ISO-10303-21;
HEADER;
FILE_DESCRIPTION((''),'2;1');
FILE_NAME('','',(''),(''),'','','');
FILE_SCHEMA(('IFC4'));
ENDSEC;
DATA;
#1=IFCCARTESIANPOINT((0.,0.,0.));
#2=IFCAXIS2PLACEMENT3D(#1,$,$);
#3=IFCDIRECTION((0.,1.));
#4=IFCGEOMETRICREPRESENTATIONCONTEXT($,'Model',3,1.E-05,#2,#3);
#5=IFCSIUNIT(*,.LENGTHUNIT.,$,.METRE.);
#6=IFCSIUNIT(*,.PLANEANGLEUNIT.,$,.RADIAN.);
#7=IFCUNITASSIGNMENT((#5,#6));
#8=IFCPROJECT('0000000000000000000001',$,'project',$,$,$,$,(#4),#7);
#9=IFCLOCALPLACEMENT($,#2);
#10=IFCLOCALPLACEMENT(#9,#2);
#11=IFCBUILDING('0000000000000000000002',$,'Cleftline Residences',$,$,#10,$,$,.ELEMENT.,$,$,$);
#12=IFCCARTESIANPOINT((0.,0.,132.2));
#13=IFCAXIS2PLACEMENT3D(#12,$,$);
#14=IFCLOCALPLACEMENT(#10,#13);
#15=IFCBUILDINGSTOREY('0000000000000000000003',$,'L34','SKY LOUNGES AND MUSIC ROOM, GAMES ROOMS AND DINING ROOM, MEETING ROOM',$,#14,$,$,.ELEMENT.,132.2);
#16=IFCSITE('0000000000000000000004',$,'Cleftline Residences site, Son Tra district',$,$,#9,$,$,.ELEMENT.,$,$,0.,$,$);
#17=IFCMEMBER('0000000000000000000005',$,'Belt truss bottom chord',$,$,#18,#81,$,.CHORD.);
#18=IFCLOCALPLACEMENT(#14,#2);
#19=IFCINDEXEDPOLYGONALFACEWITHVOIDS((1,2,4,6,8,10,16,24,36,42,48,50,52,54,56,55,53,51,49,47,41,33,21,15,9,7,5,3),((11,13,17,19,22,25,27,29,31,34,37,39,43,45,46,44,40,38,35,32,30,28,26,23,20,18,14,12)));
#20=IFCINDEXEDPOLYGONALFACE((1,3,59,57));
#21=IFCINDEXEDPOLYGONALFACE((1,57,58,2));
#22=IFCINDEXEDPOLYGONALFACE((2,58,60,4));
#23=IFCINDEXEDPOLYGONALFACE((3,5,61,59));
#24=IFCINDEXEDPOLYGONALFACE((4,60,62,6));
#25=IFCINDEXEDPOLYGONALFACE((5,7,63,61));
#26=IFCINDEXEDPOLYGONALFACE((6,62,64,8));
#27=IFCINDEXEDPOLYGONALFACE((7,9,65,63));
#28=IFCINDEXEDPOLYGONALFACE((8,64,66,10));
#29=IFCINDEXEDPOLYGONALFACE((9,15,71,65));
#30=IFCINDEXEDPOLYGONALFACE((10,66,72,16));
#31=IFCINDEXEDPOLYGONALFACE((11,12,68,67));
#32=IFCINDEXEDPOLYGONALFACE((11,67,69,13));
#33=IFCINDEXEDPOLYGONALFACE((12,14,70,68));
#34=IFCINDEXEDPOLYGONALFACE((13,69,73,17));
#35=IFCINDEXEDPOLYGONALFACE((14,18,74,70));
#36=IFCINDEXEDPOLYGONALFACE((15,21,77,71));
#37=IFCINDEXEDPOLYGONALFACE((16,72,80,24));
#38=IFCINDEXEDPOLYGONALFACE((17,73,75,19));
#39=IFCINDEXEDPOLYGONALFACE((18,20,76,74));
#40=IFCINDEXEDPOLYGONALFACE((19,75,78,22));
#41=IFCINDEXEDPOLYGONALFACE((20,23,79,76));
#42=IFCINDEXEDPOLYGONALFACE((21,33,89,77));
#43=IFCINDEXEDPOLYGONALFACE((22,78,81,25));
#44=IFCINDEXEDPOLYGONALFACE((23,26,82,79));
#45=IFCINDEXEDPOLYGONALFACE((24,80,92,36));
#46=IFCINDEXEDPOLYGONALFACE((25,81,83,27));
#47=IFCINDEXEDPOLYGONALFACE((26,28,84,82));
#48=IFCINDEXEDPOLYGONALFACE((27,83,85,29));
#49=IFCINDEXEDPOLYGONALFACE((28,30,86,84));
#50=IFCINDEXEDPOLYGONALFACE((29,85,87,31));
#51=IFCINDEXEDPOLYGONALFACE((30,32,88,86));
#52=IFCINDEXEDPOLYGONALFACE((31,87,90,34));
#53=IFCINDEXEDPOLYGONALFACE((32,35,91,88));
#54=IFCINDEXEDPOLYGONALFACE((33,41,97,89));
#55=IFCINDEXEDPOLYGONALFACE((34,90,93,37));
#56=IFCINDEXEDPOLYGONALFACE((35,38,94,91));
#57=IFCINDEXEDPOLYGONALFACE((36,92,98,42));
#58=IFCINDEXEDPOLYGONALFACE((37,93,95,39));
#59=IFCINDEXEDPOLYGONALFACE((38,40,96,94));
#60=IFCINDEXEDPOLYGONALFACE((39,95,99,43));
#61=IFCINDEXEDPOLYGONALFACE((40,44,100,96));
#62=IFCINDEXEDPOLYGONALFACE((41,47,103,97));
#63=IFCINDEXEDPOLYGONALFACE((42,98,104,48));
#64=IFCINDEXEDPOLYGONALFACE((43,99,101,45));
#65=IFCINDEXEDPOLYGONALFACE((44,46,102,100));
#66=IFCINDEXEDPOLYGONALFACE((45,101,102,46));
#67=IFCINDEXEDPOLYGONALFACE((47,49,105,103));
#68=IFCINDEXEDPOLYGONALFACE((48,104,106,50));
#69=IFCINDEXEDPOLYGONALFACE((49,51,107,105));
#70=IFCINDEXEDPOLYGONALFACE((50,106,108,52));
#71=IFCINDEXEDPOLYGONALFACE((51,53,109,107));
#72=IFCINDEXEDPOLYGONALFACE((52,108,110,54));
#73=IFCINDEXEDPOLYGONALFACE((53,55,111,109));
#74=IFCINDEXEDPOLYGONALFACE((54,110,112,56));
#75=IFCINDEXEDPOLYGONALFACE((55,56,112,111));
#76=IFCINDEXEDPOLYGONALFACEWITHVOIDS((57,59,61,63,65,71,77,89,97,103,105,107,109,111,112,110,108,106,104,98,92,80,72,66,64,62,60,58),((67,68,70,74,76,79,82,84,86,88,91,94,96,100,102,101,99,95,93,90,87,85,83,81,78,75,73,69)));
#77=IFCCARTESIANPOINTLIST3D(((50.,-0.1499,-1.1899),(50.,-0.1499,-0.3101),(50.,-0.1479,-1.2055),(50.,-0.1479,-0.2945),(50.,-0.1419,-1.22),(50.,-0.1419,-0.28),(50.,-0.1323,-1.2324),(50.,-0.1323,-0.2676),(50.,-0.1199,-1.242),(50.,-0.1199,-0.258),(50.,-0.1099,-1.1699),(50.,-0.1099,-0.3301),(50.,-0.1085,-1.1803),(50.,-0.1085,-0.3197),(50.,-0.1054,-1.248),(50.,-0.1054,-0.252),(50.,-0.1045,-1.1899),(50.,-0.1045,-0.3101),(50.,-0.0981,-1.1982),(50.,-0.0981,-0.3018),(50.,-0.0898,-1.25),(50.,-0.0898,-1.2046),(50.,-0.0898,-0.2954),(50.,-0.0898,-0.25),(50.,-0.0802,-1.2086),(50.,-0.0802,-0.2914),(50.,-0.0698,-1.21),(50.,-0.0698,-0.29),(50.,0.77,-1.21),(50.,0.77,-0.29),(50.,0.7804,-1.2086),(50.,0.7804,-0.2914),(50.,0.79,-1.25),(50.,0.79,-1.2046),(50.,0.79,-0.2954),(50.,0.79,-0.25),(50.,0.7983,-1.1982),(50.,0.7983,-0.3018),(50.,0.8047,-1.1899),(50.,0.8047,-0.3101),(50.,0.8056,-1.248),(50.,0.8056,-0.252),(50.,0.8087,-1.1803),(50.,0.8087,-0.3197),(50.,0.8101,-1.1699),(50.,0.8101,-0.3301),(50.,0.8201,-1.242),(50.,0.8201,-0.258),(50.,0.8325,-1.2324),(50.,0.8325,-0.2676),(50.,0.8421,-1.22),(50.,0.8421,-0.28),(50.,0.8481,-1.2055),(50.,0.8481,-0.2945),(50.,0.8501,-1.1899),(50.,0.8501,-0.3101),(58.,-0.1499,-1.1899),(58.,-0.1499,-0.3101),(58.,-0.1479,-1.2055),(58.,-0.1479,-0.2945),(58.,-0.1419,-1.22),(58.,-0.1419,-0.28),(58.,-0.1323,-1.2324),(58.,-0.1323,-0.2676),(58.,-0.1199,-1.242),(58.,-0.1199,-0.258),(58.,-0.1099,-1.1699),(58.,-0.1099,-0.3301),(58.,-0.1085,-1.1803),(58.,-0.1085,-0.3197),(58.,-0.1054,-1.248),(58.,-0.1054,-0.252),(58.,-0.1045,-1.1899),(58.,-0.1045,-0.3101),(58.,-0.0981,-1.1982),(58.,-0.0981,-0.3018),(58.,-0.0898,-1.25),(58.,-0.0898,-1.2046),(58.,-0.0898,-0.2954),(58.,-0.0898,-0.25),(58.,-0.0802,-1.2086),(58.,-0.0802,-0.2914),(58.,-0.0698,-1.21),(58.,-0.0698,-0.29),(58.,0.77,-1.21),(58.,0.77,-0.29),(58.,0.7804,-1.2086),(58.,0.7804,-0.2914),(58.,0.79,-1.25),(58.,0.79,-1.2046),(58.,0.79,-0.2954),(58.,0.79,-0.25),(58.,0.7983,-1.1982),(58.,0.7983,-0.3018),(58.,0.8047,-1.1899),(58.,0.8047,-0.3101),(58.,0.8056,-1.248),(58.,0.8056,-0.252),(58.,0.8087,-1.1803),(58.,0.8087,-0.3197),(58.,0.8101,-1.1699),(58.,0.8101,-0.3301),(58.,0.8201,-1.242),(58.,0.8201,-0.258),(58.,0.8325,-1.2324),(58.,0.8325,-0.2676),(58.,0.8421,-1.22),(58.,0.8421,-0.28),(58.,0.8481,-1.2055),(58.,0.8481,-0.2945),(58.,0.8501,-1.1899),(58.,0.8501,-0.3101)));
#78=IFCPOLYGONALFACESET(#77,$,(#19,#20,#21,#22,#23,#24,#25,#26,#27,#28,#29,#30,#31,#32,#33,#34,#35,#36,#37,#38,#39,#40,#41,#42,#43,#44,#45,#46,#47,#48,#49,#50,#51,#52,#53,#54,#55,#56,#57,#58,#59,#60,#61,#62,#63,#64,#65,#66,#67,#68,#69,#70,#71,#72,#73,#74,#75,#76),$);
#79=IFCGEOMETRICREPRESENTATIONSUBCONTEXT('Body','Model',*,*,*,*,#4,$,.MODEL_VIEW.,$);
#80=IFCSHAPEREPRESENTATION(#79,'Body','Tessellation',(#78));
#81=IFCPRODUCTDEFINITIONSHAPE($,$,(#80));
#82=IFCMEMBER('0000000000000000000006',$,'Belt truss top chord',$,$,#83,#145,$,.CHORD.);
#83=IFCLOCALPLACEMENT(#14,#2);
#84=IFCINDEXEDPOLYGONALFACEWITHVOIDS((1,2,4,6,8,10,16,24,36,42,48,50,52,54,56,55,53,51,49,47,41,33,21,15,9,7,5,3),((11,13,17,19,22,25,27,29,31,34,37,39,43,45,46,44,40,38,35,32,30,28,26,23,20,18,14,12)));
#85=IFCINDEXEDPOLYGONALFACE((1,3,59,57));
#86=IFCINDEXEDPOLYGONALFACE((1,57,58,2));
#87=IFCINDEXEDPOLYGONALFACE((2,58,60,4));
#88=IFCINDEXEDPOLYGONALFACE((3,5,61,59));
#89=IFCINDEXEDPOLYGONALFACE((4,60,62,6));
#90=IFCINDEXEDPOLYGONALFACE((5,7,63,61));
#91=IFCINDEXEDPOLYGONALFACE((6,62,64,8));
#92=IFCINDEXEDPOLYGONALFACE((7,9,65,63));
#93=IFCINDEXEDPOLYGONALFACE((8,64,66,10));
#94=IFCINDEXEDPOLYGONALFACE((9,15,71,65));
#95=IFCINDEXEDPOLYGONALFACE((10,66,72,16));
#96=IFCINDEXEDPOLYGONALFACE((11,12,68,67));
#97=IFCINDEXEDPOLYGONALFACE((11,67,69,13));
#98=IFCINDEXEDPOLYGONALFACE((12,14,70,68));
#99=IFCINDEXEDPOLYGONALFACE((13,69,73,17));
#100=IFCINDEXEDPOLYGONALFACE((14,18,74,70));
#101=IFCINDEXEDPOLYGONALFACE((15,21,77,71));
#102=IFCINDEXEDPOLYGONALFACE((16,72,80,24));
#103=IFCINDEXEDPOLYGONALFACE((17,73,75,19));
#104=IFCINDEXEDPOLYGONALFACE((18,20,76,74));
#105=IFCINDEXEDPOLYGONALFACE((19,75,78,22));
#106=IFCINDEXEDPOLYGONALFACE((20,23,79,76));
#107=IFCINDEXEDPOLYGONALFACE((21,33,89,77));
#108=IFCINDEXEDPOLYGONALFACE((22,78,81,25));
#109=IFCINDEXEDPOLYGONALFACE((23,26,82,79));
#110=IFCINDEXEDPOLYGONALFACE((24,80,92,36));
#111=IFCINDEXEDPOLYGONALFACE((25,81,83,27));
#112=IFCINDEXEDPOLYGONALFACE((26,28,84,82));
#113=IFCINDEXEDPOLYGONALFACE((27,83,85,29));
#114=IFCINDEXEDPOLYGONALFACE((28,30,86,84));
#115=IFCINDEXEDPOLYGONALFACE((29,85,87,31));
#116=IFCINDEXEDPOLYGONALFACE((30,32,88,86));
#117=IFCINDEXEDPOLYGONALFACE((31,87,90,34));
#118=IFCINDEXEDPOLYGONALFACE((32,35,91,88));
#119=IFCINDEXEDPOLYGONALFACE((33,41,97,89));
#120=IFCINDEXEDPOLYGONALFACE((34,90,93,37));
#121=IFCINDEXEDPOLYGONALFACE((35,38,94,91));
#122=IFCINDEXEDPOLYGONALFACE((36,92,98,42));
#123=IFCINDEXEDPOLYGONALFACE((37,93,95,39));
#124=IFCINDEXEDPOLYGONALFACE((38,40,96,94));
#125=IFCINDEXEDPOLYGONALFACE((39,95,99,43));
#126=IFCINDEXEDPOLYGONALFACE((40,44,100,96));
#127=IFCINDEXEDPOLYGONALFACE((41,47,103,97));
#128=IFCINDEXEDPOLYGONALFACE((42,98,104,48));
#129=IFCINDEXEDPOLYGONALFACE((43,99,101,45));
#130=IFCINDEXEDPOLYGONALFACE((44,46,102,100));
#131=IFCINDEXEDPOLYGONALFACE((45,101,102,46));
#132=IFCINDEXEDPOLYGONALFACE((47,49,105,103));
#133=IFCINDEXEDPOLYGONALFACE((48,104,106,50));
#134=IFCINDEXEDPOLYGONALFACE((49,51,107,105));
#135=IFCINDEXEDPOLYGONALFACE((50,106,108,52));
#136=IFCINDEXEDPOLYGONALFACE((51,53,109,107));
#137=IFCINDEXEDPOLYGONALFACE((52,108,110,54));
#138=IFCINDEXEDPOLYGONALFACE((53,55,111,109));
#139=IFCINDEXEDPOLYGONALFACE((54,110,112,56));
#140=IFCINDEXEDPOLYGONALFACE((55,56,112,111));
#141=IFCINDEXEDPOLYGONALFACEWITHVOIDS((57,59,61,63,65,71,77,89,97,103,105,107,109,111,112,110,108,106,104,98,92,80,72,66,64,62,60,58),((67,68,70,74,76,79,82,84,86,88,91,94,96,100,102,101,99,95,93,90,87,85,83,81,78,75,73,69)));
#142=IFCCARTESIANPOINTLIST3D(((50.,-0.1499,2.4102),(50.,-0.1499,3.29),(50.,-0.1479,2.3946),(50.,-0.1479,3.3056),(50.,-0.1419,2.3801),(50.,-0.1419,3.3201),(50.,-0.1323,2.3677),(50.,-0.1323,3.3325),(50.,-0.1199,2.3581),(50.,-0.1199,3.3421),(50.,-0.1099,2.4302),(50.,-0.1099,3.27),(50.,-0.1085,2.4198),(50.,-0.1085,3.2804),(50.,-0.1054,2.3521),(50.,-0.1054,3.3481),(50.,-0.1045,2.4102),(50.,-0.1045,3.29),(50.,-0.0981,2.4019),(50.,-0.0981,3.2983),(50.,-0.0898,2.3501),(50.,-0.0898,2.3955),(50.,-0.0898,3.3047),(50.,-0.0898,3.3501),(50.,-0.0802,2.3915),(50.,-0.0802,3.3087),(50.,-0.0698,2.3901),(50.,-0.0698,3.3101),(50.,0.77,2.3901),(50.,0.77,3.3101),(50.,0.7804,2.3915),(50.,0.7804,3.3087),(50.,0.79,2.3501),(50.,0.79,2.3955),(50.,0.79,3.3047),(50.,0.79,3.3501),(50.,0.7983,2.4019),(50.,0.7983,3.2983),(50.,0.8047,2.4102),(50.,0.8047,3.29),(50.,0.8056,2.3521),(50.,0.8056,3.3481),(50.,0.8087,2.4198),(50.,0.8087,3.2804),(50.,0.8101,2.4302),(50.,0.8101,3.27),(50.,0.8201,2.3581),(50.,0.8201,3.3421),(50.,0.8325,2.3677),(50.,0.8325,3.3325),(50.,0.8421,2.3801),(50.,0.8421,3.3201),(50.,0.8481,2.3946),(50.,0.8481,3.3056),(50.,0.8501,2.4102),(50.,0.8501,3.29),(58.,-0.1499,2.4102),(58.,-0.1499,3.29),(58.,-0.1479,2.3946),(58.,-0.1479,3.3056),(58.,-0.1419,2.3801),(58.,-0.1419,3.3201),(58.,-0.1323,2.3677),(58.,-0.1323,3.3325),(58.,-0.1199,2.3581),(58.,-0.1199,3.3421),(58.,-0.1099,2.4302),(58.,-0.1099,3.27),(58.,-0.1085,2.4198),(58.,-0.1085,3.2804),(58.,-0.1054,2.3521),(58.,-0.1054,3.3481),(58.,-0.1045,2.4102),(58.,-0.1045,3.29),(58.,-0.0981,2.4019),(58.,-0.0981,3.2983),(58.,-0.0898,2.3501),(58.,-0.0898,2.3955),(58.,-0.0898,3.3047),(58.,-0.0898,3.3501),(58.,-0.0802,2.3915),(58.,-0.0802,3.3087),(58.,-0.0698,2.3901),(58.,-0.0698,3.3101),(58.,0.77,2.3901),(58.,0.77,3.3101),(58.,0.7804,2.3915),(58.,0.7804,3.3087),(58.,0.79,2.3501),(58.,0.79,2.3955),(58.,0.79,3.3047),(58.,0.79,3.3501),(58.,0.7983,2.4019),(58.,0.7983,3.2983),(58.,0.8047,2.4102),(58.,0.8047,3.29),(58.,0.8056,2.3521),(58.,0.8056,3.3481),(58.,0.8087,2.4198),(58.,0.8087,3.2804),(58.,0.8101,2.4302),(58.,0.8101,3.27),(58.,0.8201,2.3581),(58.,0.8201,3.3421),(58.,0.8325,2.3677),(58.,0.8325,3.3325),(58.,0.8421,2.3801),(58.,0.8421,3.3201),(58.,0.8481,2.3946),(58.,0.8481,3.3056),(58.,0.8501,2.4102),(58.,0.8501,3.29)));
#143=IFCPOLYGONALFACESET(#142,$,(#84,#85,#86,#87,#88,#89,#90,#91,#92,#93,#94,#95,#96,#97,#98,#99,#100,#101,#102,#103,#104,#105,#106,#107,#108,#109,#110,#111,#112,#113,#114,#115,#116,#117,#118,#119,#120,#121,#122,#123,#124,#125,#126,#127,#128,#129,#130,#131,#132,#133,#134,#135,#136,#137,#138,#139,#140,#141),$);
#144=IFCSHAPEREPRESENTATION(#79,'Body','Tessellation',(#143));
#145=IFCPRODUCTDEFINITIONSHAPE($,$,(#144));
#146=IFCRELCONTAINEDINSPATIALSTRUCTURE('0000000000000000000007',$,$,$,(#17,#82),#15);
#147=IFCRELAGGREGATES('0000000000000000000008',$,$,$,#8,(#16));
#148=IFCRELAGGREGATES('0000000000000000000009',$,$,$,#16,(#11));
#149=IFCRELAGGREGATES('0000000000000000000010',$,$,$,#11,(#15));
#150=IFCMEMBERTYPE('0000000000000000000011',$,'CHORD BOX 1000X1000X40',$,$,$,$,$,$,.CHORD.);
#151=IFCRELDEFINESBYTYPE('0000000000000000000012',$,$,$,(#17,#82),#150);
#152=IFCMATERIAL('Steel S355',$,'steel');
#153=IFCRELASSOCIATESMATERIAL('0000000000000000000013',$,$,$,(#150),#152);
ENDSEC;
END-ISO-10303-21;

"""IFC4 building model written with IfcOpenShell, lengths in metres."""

from ifc_helpers import new_model, si_unit, direction, frame, origin, origin_2d, place, context, subcontext, project, spatial, hollow_rectangle, extrude, material, material_profile, profile_set, type_object, element, save


model = new_model("IFC4")

# Units and contexts
model_context = context("Model", 3, precision=1e-05, world=origin(), true_north=direction((0.0, 1.0)))
body_context = subcontext(model_context, "Body", "Model", "MODEL_VIEW")
ifc_project = project(units=[si_unit("LENGTHUNIT", "METRE"), si_unit("PLANEANGLEUNIT", "RADIAN")], contexts=[model_context])

# Site, building, storey
site_placement = place(None, origin())
site = spatial("IfcSite", under=ifc_project, at=site_placement, Name="Cleftline Residences site, Son Tra district", CompositionType="ELEMENT", RefElevation=0.0)
building_placement = place(site_placement, origin())
building = spatial("IfcBuilding", under=site, at=building_placement, Name="Cleftline Residences", CompositionType="ELEMENT")
storey_placement = place(building_placement, frame((0.0, 0.0, 132.2)))
storey = spatial("IfcBuildingStorey", under=building, at=storey_placement, Name="L34", Description="SKY LOUNGES AND MUSIC ROOM, GAMES ROOMS AND DINING ROOM, MEETING ROOM", CompositionType="ELEMENT", Elevation=132.2)

# Members
ifc_material_1 = material(Name="Steel S355", Category="steel")
ifc_material_profile_1 = material_profile(ifc_material_1, hollow_rectangle(XDim=1.0, YDim=1.0, WallThickness=0.04, InnerFilletRadius=0.04, OuterFilletRadius=0.0601, at=origin_2d()))
ifc_profile_set_1 = profile_set([ifc_material_profile_1], Name="Steel S355")
member_type_1 = type_object("IfcMemberType", Name="CHORD BOX 1000X1000X40", PredefinedType="CHORD", material=ifc_profile_set_1)
for number, where, z_axis, x_axis, name in (
    (1, (50.0, 0.3501, -0.75), (1.0, 0.0, 0.0), (0.0, 1.0, 0.0), "Belt truss bottom chord"),
    (2, (50.0, 0.3501, 2.8501), (1.0, 0.0, 0.0), (0.0, 1.0, 0.0), "Belt truss top chord"),
):
    element("IfcMember", number, at=place(storey_placement, frame(where, z_axis=z_axis, x_axis=x_axis)), inside=storey, type_object=member_type_1, Name=name, PredefinedType="CHORD", context=body_context, shape_type="SweptSolid", body=[
        extrude(hollow_rectangle(XDim=1.0, YDim=1.0, WallThickness=0.04, InnerFilletRadius=0.04, OuterFilletRadius=0.0601, at=origin_2d()), origin(), (0.0, 0.0, 1.0), 8.0),
    ])

save(model, "model.ifc")
